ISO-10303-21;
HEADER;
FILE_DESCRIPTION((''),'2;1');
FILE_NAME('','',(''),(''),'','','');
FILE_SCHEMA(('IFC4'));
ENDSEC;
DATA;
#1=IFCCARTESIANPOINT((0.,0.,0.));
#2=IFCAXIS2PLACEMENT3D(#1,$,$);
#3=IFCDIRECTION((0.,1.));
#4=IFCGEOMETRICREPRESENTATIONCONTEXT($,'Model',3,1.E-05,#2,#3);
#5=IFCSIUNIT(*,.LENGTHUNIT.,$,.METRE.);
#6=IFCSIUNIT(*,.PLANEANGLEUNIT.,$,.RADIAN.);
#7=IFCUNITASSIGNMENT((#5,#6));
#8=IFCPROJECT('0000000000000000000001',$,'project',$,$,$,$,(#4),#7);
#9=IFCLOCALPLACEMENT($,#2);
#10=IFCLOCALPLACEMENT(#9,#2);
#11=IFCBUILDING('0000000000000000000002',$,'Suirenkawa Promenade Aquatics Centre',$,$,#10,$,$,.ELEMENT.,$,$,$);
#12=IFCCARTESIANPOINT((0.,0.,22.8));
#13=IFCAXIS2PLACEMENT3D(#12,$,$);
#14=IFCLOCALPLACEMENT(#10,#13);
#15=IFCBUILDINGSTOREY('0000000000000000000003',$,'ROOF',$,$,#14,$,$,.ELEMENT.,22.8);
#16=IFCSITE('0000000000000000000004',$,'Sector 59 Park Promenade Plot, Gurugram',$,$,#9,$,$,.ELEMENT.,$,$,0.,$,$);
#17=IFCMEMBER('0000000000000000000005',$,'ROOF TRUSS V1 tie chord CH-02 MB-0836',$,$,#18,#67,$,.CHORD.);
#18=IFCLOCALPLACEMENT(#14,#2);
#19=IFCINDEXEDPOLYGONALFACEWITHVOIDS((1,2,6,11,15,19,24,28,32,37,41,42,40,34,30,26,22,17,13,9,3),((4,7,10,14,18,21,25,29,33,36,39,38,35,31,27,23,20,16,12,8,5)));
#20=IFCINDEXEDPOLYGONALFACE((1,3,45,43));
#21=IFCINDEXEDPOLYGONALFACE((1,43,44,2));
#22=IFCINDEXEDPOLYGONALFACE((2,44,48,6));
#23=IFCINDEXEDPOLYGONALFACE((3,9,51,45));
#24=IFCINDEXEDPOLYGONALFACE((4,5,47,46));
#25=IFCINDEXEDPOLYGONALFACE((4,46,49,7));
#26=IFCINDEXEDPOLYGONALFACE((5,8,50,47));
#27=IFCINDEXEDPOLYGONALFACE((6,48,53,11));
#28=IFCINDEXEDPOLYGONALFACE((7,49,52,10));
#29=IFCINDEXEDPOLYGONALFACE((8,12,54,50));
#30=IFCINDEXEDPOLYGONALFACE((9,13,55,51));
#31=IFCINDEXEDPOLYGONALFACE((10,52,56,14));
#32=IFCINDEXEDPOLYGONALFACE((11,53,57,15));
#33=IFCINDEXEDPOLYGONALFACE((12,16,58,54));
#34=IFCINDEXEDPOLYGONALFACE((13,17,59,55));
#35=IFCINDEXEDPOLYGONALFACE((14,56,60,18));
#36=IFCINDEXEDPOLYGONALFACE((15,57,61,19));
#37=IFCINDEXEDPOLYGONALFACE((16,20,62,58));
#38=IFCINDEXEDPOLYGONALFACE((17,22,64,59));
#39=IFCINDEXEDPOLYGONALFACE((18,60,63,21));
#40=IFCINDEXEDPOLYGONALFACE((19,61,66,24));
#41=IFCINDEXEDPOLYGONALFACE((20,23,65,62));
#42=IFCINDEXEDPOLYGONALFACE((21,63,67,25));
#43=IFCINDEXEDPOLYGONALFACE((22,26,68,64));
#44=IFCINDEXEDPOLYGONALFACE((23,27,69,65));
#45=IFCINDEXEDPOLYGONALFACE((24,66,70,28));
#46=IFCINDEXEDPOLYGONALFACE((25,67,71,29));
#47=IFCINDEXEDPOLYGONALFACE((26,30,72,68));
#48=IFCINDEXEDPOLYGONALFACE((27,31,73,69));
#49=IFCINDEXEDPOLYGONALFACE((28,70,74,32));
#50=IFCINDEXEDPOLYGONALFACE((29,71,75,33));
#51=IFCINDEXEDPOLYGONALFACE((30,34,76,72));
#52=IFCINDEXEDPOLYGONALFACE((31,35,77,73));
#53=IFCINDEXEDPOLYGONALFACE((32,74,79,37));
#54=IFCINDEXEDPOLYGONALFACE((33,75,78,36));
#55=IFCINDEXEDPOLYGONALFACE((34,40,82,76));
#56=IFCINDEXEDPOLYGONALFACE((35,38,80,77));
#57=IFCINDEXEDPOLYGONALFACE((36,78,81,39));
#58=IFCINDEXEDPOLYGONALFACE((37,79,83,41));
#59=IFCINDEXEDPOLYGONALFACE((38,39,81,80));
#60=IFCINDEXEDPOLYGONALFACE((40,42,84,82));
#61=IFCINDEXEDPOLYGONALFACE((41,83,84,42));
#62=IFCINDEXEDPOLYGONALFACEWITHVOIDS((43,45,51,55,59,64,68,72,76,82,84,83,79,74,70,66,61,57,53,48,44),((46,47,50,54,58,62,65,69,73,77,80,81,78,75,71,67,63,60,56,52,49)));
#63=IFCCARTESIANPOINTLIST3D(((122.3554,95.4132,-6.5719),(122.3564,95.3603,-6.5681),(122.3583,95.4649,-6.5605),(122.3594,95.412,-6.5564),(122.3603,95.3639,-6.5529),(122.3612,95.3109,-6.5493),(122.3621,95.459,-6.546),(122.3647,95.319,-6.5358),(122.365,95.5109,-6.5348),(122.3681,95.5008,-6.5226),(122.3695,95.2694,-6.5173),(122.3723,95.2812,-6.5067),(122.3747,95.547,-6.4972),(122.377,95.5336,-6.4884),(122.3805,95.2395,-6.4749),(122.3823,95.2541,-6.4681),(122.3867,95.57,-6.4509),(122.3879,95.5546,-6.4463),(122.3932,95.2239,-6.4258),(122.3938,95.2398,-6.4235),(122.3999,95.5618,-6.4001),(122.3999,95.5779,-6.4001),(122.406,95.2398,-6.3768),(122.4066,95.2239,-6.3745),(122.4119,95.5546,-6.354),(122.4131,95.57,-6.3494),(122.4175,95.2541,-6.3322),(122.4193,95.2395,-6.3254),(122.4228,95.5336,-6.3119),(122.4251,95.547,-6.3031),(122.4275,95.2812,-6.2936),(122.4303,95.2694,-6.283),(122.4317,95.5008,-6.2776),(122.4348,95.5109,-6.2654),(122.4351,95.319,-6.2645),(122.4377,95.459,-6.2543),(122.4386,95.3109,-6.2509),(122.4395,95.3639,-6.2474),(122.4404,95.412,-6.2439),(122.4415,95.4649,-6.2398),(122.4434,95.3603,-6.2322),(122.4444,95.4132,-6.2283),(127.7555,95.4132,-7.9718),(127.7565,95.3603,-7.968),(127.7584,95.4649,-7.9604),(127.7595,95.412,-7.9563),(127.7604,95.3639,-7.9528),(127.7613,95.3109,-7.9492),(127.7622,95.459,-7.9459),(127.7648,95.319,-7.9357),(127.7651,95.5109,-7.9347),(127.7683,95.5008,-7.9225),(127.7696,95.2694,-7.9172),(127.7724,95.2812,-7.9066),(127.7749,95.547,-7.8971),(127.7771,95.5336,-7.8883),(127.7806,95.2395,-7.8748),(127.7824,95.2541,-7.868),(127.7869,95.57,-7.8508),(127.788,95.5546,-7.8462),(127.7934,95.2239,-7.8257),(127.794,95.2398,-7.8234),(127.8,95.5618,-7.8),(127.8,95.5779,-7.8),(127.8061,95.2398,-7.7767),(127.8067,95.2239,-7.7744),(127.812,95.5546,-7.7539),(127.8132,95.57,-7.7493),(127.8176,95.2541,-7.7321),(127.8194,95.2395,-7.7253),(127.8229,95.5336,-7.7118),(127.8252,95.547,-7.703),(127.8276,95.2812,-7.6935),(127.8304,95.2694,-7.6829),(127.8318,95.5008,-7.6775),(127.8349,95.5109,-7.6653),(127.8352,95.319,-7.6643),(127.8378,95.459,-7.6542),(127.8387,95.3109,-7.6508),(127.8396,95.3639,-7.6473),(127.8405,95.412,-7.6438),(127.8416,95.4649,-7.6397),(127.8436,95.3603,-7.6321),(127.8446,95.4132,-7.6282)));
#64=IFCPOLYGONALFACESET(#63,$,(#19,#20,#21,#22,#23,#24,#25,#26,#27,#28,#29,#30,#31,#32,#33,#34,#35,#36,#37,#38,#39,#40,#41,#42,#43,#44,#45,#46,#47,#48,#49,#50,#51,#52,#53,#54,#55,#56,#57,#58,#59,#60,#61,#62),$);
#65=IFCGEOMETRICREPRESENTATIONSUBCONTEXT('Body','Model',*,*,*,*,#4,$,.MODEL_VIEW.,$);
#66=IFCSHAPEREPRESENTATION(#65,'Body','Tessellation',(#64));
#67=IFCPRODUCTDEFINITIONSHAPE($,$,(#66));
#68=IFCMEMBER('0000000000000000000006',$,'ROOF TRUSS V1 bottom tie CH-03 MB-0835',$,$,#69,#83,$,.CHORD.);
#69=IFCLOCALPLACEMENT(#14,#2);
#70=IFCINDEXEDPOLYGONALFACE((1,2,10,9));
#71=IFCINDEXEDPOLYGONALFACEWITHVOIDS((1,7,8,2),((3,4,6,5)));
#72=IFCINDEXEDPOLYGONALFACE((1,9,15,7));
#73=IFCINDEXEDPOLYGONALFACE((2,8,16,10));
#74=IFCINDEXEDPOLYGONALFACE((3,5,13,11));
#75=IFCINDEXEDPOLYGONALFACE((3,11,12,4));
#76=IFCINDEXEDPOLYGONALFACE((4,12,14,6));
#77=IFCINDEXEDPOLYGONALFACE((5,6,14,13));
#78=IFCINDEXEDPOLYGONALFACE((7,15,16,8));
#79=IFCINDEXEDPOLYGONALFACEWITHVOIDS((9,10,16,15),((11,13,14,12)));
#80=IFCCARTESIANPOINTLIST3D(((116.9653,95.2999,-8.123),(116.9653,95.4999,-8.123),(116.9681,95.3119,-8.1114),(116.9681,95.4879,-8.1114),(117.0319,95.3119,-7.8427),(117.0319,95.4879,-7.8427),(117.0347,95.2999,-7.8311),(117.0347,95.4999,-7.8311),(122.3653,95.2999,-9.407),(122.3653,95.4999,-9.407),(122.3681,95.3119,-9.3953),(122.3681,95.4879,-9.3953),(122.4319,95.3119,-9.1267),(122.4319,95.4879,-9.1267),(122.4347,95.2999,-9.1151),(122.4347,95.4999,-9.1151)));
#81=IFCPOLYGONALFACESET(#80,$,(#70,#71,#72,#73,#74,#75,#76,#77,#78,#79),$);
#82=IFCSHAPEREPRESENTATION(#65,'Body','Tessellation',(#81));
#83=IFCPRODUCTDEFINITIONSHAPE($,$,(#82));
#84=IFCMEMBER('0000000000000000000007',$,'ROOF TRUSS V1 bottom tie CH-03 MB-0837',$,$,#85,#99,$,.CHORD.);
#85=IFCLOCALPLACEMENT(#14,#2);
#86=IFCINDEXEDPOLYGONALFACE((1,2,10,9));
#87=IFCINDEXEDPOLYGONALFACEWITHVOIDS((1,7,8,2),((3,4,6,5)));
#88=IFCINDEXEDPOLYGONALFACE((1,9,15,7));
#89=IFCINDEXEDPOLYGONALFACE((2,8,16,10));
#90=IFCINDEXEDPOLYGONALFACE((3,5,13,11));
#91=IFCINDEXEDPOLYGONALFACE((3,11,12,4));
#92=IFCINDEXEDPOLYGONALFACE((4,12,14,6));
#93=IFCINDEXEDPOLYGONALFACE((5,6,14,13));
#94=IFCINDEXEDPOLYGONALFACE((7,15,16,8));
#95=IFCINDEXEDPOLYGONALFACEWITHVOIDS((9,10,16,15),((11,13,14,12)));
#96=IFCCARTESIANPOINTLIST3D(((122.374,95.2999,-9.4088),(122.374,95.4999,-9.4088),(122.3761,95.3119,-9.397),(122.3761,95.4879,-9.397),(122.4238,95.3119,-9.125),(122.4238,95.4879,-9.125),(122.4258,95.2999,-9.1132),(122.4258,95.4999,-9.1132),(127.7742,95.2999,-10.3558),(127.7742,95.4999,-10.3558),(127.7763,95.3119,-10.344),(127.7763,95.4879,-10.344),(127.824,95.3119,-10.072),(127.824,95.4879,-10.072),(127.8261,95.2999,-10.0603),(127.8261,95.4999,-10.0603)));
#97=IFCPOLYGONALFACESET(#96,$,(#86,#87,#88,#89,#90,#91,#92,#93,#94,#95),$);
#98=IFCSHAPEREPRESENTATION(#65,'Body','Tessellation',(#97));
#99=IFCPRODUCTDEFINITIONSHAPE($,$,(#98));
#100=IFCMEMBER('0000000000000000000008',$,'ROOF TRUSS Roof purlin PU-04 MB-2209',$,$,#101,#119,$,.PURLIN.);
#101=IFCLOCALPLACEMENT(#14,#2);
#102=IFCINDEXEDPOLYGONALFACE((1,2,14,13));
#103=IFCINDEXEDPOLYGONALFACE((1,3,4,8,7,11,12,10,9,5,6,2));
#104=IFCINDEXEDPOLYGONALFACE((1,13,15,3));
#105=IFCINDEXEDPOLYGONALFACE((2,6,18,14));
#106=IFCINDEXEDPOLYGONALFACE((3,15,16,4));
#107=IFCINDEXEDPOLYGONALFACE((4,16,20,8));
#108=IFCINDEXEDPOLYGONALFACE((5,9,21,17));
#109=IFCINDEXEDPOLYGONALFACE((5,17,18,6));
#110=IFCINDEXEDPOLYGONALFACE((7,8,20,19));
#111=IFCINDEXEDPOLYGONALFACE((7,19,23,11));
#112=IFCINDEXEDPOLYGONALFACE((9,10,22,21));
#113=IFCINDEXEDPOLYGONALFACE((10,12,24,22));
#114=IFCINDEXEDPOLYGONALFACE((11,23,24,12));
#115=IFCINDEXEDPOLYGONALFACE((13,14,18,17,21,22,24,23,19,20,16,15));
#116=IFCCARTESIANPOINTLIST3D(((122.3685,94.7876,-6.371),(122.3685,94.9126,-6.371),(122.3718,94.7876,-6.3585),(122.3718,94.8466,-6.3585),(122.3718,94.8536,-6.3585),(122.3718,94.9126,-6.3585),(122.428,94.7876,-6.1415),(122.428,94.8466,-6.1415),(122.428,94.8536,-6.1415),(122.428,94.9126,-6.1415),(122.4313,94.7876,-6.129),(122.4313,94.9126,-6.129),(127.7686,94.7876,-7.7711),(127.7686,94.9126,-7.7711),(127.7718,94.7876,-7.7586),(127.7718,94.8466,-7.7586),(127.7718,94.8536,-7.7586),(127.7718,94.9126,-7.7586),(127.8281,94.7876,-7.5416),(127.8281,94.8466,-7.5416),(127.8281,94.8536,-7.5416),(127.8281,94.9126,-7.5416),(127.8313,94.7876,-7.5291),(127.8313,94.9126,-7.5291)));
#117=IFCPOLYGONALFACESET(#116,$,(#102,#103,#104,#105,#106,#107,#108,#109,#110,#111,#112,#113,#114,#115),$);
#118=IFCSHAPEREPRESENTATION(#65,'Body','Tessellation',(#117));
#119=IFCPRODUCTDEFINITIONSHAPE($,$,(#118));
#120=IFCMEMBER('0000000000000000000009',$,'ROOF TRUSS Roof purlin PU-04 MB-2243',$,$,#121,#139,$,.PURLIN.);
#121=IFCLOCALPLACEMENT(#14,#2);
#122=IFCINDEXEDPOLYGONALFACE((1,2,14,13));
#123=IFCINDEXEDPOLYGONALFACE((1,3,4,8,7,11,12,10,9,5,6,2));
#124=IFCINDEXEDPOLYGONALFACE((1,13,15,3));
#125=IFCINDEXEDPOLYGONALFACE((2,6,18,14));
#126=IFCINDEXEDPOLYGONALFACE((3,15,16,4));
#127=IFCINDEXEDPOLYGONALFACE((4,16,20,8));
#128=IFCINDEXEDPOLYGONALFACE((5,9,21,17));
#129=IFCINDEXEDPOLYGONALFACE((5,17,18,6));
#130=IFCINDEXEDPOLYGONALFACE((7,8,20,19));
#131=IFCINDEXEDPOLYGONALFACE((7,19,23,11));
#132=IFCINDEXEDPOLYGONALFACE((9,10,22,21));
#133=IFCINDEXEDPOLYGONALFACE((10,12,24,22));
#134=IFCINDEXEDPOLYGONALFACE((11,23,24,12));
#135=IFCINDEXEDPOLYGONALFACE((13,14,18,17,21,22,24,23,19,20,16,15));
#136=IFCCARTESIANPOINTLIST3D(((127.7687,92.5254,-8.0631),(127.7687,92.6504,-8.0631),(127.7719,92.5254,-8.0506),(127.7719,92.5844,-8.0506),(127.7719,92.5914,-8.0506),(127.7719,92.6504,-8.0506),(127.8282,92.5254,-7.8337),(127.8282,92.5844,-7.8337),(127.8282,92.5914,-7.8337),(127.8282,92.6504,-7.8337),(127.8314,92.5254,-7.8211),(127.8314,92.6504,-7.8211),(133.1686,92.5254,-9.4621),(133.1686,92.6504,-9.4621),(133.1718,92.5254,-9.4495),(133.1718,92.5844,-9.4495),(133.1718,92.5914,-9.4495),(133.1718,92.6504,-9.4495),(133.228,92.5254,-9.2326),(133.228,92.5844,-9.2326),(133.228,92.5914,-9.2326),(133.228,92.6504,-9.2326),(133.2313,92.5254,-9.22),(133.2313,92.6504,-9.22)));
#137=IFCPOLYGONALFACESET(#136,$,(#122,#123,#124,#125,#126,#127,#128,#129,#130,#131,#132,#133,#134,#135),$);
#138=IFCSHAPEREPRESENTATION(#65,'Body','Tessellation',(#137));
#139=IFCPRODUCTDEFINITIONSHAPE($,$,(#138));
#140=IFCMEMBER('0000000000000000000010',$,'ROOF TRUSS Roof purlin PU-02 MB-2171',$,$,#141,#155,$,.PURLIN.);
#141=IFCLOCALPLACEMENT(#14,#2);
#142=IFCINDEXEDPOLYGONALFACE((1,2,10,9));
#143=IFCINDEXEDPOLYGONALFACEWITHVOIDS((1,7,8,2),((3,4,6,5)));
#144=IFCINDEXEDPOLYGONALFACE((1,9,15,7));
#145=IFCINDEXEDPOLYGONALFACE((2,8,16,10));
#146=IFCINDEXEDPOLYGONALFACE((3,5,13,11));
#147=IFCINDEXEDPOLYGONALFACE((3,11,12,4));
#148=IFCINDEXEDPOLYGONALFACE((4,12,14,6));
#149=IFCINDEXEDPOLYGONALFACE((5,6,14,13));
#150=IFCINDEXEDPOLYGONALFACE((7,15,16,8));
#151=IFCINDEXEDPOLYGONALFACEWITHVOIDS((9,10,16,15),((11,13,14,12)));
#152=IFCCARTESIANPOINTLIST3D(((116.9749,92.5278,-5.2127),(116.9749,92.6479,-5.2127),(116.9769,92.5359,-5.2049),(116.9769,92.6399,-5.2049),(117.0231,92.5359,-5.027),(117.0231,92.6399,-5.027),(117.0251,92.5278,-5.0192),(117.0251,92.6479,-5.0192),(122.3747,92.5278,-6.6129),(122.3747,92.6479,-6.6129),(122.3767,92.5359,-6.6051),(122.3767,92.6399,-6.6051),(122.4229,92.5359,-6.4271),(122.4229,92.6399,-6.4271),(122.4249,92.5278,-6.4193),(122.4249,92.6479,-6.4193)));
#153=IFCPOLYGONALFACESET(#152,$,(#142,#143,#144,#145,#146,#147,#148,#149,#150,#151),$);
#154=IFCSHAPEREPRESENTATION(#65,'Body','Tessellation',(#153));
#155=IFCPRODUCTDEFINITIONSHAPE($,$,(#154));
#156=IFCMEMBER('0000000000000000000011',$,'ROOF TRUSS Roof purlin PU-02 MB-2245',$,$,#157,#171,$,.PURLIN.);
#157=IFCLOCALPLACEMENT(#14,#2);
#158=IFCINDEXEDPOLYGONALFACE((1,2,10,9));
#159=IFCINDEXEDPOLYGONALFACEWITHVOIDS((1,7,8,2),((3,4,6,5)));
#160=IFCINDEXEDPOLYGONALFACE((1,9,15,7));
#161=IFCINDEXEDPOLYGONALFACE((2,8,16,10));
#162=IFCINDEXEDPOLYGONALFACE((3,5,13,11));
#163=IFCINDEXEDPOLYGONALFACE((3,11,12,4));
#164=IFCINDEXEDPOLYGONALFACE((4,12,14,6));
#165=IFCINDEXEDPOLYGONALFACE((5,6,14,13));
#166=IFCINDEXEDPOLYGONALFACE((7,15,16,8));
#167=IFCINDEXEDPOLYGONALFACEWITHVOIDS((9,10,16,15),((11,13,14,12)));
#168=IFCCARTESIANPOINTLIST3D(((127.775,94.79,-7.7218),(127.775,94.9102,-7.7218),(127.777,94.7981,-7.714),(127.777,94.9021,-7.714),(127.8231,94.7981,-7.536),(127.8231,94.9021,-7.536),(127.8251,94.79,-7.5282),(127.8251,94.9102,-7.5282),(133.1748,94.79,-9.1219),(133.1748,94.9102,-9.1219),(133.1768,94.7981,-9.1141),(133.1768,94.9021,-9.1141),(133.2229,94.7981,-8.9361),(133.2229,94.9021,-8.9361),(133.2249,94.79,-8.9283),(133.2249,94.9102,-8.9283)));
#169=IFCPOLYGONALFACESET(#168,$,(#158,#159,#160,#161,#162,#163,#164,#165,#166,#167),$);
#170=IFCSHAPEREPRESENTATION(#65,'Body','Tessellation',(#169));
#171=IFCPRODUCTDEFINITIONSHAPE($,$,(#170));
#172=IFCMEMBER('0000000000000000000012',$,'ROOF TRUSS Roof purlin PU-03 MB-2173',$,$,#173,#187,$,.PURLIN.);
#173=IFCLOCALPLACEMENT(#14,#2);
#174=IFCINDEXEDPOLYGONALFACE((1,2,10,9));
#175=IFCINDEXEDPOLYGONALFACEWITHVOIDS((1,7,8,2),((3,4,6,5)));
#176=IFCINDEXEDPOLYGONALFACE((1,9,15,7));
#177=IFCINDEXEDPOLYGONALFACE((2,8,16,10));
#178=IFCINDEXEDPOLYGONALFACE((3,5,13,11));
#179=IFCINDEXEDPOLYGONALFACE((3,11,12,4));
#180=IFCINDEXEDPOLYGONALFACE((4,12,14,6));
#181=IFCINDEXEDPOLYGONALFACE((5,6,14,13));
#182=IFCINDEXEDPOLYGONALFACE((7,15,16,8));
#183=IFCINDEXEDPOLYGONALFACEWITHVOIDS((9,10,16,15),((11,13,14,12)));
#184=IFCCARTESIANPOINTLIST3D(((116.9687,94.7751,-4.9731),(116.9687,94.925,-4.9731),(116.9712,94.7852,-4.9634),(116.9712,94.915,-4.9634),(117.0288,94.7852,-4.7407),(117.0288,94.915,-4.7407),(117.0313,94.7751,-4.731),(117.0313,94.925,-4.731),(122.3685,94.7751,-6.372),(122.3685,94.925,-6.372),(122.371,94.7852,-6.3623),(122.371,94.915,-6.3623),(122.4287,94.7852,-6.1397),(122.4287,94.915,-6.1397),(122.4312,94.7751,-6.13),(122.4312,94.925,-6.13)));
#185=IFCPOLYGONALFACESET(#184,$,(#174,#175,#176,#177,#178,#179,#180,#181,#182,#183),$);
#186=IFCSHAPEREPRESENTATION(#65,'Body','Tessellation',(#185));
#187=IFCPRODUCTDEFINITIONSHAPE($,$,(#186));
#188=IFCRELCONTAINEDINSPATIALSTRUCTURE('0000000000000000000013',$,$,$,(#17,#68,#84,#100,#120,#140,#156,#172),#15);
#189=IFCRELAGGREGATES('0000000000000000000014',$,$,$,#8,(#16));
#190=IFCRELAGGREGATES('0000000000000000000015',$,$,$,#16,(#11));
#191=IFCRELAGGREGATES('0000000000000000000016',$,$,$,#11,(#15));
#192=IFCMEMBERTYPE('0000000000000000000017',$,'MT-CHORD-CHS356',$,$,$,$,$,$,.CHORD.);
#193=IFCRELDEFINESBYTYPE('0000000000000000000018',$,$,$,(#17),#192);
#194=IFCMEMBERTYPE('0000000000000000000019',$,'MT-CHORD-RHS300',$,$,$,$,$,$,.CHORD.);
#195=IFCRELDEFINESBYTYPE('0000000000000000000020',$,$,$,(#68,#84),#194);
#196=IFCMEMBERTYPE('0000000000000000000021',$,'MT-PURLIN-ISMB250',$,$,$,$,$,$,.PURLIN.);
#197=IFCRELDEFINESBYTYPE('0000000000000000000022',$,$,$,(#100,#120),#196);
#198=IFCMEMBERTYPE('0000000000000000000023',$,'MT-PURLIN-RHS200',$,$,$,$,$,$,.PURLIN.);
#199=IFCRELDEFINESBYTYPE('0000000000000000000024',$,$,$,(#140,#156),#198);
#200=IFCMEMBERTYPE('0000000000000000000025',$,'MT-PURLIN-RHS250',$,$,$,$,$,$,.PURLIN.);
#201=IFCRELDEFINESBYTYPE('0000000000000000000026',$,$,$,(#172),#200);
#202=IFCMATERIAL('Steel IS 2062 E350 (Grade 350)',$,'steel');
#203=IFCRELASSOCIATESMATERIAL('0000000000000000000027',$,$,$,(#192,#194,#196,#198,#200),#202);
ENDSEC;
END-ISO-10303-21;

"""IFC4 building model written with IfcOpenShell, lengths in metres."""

from ifc_helpers import new_model, si_unit, direction, frame, origin, origin_2d, place, context, subcontext, project, spatial, hollow_rectangle, hollow_circle, i_section, extrude, material, material_profile, profile_set, type_object, element, save


model = new_model("IFC4")

# Units and contexts
model_context = context("Model", 3, precision=1e-05, world=origin(), true_north=direction((0.0, 1.0)))
body_context = subcontext(model_context, "Body", "Model", "MODEL_VIEW")
ifc_project = project(units=[si_unit("LENGTHUNIT", "METRE"), si_unit("PLANEANGLEUNIT", "RADIAN")], contexts=[model_context])

# Site, building, storey
site_placement = place(None, origin())
site = spatial("IfcSite", under=ifc_project, at=site_placement, Name="Sector 59 Park Promenade Plot, Gurugram", CompositionType="ELEMENT", RefElevation=0.0)
building_placement = place(site_placement, origin())
building = spatial("IfcBuilding", under=site, at=building_placement, Name="Suirenkawa Promenade Aquatics Centre", CompositionType="ELEMENT")
storey_placement = place(building_placement, frame((0.0, 0.0, 22.8)))
storey = spatial("IfcBuildingStorey", under=building, at=storey_placement, Name="ROOF", CompositionType="ELEMENT", Elevation=22.8)

# Shared definitions
ifc_material_1 = material(Name="Steel IS 2062 E350 (Grade 350)", Category="steel")

# Members
ifc_material_profile_1 = material_profile(ifc_material_1, hollow_circle(Radius=0.178, WallThickness=0.0161, at=origin_2d()), Name="CHS 356x16", Category="steel")
ifc_profile_set_1 = profile_set([ifc_material_profile_1], Name="Steel IS 2062 E350 (Grade 350)")
member_type_1 = type_object("IfcMemberType", Name="MT-CHORD-CHS356", PredefinedType="CHORD", material=ifc_profile_set_1)
member_1_placement = place(storey_placement, frame((122.3999, 95.3999, -6.4001), z_axis=(0.968003, 0.0, -0.250939), x_axis=(0.0, 1.0, 0.0)))
element("IfcMember", 1, at=member_1_placement, inside=storey, type_object=member_type_1, Name="ROOF TRUSS V1 tie chord CH-02 MB-0836", PredefinedType="CHORD", context=body_context, shape_type="SweptSolid", body=[
    extrude(hollow_circle(Radius=0.178, WallThickness=0.0161, at=origin_2d()), origin(), (0.0, 0.0, 1.0), 5.5786),
])
ifc_material_profile_2 = material_profile(ifc_material_1, hollow_rectangle(XDim=0.2, YDim=0.3, WallThickness=0.012, at=origin_2d()), Name="RHS 300x200x12", Category="steel")
ifc_profile_set_2 = profile_set([ifc_material_profile_2], Name="Steel IS 2062 E350 (Grade 350)")
member_type_2 = type_object("IfcMemberType", Name="MT-CHORD-RHS300", PredefinedType="CHORD", material=ifc_profile_set_2)
member_2_placement = place(storey_placement, frame((117.0, 95.3999, -7.9771), z_axis=(0.972877, 0.0, -0.231321), x_axis=(0.0, 1.0, 0.0)))
element("IfcMember", 2, at=member_2_placement, inside=storey, type_object=member_type_2, Name="ROOF TRUSS V1 bottom tie CH-03 MB-0835", PredefinedType="CHORD", context=body_context, shape_type="SweptSolid", body=[
    extrude(hollow_rectangle(XDim=0.2, YDim=0.3, WallThickness=0.012, at=origin_2d()), origin(), (0.0, 0.0, 1.0), 5.5505),
])
member_3_placement = place(storey_placement, frame((122.3999, 95.3999, -9.261), z_axis=(0.984969, 0.0, -0.172734), x_axis=(0.0, 1.0, 0.0)))
element("IfcMember", 3, at=member_3_placement, inside=storey, type_object=member_type_2, Name="ROOF TRUSS V1 bottom tie CH-03 MB-0837", PredefinedType="CHORD", context=body_context, shape_type="SweptSolid", body=[
    extrude(hollow_rectangle(XDim=0.2, YDim=0.3, WallThickness=0.012, at=origin_2d()), origin(), (0.0, 0.0, 1.0), 5.4827),
])
ifc_material_profile_3 = material_profile(ifc_material_1, i_section(OverallWidth=0.125, OverallDepth=0.25, WebThickness=0.0071, FlangeThickness=0.0129, at=origin_2d()), Name="ISMB 250", Category="steel")
ifc_profile_set_3 = profile_set([ifc_material_profile_3], Name="Steel IS 2062 E350 (Grade 350)")
member_type_3 = type_object("IfcMemberType", Name="MT-PURLIN-ISMB250", PredefinedType="PURLIN", material=ifc_profile_set_3)
member_4_placement = place(storey_placement, frame((122.3999, 94.8501, -6.25), z_axis=(0.967992, 0.0, -0.25098), x_axis=(0.0, 1.0, 0.0)))
element("IfcMember", 4, at=member_4_placement, inside=storey, type_object=member_type_3, Name="ROOF TRUSS Roof purlin PU-04 MB-2209", PredefinedType="PURLIN", context=body_context, shape_type="SweptSolid", body=[
    extrude(i_section(OverallWidth=0.125, OverallDepth=0.25, WebThickness=0.0071, FlangeThickness=0.0129, at=origin_2d()), origin(), (0.0, 0.0, 1.0), 5.5786),
])
member_5_placement = place(storey_placement, frame((127.8, 92.5879, -7.9421), z_axis=(0.968043, 0.0, -0.250786), x_axis=(0.0, 1.0, 0.0)))
element("IfcMember", 5, at=member_5_placement, inside=storey, type_object=member_type_3, Name="ROOF TRUSS Roof purlin PU-04 MB-2243", PredefinedType="PURLIN", context=body_context, shape_type="SweptSolid", body=[
    extrude(i_section(OverallWidth=0.125, OverallDepth=0.25, WebThickness=0.0071, FlangeThickness=0.0129, at=origin_2d()), origin(), (0.0, 0.0, 1.0), 5.5781),
])
ifc_material_profile_4 = material_profile(ifc_material_1, hollow_rectangle(XDim=0.1201, YDim=0.2, WallThickness=0.0081, at=origin_2d()), Name="RHS 200x120x8", Category="steel")
ifc_profile_set_4 = profile_set([ifc_material_profile_4], Name="Steel IS 2062 E350 (Grade 350)")
member_type_4 = type_object("IfcMemberType", Name="MT-PURLIN-RHS200", PredefinedType="PURLIN", material=ifc_profile_set_4)
for number, where, z_axis, x_axis, name in (
    (6, (117.0, 92.5879, -5.116), (0.967989, 0.0, -0.250991), (0.0, 1.0, 0.0), "ROOF TRUSS Roof purlin PU-02 MB-2171"),
    (7, (127.8, 94.8501, -7.625), (0.967989, 0.0, -0.250991), (0.0, 1.0, 0.0), "ROOF TRUSS Roof purlin PU-02 MB-2245"),
):
    element("IfcMember", number, at=place(storey_placement, frame(where, z_axis=z_axis, x_axis=x_axis)), inside=storey, type_object=member_type_4, Name=name, PredefinedType="PURLIN", context=body_context, shape_type="SweptSolid", body=[
        extrude(hollow_rectangle(XDim=0.1201, YDim=0.2, WallThickness=0.0081, at=origin_2d()), origin(), (0.0, 0.0, 1.0), 5.5784),
    ])
ifc_material_profile_5 = material_profile(ifc_material_1, hollow_rectangle(XDim=0.1499, YDim=0.25, WallThickness=0.01, at=origin_2d()), Name="RHS 250x150x10", Category="steel")
ifc_profile_set_5 = profile_set([ifc_material_profile_5], Name="Steel IS 2062 E350 (Grade 350)")
member_type_5 = type_object("IfcMemberType", Name="MT-PURLIN-RHS250", PredefinedType="PURLIN", material=ifc_profile_set_5)
member_6_placement = place(storey_placement, frame((117.0, 94.8501, -4.8521), z_axis=(0.968043, 0.0, -0.250786), x_axis=(0.0, 1.0, 0.0)))
element("IfcMember", 8, at=member_6_placement, inside=storey, type_object=member_type_5, Name="ROOF TRUSS Roof purlin PU-03 MB-2173", PredefinedType="PURLIN", context=body_context, shape_type="SweptSolid", body=[
    extrude(hollow_rectangle(XDim=0.1499, YDim=0.25, WallThickness=0.01, at=origin_2d()), origin(), (0.0, 0.0, 1.0), 5.5781),
])

save(model, "model.ifc")
